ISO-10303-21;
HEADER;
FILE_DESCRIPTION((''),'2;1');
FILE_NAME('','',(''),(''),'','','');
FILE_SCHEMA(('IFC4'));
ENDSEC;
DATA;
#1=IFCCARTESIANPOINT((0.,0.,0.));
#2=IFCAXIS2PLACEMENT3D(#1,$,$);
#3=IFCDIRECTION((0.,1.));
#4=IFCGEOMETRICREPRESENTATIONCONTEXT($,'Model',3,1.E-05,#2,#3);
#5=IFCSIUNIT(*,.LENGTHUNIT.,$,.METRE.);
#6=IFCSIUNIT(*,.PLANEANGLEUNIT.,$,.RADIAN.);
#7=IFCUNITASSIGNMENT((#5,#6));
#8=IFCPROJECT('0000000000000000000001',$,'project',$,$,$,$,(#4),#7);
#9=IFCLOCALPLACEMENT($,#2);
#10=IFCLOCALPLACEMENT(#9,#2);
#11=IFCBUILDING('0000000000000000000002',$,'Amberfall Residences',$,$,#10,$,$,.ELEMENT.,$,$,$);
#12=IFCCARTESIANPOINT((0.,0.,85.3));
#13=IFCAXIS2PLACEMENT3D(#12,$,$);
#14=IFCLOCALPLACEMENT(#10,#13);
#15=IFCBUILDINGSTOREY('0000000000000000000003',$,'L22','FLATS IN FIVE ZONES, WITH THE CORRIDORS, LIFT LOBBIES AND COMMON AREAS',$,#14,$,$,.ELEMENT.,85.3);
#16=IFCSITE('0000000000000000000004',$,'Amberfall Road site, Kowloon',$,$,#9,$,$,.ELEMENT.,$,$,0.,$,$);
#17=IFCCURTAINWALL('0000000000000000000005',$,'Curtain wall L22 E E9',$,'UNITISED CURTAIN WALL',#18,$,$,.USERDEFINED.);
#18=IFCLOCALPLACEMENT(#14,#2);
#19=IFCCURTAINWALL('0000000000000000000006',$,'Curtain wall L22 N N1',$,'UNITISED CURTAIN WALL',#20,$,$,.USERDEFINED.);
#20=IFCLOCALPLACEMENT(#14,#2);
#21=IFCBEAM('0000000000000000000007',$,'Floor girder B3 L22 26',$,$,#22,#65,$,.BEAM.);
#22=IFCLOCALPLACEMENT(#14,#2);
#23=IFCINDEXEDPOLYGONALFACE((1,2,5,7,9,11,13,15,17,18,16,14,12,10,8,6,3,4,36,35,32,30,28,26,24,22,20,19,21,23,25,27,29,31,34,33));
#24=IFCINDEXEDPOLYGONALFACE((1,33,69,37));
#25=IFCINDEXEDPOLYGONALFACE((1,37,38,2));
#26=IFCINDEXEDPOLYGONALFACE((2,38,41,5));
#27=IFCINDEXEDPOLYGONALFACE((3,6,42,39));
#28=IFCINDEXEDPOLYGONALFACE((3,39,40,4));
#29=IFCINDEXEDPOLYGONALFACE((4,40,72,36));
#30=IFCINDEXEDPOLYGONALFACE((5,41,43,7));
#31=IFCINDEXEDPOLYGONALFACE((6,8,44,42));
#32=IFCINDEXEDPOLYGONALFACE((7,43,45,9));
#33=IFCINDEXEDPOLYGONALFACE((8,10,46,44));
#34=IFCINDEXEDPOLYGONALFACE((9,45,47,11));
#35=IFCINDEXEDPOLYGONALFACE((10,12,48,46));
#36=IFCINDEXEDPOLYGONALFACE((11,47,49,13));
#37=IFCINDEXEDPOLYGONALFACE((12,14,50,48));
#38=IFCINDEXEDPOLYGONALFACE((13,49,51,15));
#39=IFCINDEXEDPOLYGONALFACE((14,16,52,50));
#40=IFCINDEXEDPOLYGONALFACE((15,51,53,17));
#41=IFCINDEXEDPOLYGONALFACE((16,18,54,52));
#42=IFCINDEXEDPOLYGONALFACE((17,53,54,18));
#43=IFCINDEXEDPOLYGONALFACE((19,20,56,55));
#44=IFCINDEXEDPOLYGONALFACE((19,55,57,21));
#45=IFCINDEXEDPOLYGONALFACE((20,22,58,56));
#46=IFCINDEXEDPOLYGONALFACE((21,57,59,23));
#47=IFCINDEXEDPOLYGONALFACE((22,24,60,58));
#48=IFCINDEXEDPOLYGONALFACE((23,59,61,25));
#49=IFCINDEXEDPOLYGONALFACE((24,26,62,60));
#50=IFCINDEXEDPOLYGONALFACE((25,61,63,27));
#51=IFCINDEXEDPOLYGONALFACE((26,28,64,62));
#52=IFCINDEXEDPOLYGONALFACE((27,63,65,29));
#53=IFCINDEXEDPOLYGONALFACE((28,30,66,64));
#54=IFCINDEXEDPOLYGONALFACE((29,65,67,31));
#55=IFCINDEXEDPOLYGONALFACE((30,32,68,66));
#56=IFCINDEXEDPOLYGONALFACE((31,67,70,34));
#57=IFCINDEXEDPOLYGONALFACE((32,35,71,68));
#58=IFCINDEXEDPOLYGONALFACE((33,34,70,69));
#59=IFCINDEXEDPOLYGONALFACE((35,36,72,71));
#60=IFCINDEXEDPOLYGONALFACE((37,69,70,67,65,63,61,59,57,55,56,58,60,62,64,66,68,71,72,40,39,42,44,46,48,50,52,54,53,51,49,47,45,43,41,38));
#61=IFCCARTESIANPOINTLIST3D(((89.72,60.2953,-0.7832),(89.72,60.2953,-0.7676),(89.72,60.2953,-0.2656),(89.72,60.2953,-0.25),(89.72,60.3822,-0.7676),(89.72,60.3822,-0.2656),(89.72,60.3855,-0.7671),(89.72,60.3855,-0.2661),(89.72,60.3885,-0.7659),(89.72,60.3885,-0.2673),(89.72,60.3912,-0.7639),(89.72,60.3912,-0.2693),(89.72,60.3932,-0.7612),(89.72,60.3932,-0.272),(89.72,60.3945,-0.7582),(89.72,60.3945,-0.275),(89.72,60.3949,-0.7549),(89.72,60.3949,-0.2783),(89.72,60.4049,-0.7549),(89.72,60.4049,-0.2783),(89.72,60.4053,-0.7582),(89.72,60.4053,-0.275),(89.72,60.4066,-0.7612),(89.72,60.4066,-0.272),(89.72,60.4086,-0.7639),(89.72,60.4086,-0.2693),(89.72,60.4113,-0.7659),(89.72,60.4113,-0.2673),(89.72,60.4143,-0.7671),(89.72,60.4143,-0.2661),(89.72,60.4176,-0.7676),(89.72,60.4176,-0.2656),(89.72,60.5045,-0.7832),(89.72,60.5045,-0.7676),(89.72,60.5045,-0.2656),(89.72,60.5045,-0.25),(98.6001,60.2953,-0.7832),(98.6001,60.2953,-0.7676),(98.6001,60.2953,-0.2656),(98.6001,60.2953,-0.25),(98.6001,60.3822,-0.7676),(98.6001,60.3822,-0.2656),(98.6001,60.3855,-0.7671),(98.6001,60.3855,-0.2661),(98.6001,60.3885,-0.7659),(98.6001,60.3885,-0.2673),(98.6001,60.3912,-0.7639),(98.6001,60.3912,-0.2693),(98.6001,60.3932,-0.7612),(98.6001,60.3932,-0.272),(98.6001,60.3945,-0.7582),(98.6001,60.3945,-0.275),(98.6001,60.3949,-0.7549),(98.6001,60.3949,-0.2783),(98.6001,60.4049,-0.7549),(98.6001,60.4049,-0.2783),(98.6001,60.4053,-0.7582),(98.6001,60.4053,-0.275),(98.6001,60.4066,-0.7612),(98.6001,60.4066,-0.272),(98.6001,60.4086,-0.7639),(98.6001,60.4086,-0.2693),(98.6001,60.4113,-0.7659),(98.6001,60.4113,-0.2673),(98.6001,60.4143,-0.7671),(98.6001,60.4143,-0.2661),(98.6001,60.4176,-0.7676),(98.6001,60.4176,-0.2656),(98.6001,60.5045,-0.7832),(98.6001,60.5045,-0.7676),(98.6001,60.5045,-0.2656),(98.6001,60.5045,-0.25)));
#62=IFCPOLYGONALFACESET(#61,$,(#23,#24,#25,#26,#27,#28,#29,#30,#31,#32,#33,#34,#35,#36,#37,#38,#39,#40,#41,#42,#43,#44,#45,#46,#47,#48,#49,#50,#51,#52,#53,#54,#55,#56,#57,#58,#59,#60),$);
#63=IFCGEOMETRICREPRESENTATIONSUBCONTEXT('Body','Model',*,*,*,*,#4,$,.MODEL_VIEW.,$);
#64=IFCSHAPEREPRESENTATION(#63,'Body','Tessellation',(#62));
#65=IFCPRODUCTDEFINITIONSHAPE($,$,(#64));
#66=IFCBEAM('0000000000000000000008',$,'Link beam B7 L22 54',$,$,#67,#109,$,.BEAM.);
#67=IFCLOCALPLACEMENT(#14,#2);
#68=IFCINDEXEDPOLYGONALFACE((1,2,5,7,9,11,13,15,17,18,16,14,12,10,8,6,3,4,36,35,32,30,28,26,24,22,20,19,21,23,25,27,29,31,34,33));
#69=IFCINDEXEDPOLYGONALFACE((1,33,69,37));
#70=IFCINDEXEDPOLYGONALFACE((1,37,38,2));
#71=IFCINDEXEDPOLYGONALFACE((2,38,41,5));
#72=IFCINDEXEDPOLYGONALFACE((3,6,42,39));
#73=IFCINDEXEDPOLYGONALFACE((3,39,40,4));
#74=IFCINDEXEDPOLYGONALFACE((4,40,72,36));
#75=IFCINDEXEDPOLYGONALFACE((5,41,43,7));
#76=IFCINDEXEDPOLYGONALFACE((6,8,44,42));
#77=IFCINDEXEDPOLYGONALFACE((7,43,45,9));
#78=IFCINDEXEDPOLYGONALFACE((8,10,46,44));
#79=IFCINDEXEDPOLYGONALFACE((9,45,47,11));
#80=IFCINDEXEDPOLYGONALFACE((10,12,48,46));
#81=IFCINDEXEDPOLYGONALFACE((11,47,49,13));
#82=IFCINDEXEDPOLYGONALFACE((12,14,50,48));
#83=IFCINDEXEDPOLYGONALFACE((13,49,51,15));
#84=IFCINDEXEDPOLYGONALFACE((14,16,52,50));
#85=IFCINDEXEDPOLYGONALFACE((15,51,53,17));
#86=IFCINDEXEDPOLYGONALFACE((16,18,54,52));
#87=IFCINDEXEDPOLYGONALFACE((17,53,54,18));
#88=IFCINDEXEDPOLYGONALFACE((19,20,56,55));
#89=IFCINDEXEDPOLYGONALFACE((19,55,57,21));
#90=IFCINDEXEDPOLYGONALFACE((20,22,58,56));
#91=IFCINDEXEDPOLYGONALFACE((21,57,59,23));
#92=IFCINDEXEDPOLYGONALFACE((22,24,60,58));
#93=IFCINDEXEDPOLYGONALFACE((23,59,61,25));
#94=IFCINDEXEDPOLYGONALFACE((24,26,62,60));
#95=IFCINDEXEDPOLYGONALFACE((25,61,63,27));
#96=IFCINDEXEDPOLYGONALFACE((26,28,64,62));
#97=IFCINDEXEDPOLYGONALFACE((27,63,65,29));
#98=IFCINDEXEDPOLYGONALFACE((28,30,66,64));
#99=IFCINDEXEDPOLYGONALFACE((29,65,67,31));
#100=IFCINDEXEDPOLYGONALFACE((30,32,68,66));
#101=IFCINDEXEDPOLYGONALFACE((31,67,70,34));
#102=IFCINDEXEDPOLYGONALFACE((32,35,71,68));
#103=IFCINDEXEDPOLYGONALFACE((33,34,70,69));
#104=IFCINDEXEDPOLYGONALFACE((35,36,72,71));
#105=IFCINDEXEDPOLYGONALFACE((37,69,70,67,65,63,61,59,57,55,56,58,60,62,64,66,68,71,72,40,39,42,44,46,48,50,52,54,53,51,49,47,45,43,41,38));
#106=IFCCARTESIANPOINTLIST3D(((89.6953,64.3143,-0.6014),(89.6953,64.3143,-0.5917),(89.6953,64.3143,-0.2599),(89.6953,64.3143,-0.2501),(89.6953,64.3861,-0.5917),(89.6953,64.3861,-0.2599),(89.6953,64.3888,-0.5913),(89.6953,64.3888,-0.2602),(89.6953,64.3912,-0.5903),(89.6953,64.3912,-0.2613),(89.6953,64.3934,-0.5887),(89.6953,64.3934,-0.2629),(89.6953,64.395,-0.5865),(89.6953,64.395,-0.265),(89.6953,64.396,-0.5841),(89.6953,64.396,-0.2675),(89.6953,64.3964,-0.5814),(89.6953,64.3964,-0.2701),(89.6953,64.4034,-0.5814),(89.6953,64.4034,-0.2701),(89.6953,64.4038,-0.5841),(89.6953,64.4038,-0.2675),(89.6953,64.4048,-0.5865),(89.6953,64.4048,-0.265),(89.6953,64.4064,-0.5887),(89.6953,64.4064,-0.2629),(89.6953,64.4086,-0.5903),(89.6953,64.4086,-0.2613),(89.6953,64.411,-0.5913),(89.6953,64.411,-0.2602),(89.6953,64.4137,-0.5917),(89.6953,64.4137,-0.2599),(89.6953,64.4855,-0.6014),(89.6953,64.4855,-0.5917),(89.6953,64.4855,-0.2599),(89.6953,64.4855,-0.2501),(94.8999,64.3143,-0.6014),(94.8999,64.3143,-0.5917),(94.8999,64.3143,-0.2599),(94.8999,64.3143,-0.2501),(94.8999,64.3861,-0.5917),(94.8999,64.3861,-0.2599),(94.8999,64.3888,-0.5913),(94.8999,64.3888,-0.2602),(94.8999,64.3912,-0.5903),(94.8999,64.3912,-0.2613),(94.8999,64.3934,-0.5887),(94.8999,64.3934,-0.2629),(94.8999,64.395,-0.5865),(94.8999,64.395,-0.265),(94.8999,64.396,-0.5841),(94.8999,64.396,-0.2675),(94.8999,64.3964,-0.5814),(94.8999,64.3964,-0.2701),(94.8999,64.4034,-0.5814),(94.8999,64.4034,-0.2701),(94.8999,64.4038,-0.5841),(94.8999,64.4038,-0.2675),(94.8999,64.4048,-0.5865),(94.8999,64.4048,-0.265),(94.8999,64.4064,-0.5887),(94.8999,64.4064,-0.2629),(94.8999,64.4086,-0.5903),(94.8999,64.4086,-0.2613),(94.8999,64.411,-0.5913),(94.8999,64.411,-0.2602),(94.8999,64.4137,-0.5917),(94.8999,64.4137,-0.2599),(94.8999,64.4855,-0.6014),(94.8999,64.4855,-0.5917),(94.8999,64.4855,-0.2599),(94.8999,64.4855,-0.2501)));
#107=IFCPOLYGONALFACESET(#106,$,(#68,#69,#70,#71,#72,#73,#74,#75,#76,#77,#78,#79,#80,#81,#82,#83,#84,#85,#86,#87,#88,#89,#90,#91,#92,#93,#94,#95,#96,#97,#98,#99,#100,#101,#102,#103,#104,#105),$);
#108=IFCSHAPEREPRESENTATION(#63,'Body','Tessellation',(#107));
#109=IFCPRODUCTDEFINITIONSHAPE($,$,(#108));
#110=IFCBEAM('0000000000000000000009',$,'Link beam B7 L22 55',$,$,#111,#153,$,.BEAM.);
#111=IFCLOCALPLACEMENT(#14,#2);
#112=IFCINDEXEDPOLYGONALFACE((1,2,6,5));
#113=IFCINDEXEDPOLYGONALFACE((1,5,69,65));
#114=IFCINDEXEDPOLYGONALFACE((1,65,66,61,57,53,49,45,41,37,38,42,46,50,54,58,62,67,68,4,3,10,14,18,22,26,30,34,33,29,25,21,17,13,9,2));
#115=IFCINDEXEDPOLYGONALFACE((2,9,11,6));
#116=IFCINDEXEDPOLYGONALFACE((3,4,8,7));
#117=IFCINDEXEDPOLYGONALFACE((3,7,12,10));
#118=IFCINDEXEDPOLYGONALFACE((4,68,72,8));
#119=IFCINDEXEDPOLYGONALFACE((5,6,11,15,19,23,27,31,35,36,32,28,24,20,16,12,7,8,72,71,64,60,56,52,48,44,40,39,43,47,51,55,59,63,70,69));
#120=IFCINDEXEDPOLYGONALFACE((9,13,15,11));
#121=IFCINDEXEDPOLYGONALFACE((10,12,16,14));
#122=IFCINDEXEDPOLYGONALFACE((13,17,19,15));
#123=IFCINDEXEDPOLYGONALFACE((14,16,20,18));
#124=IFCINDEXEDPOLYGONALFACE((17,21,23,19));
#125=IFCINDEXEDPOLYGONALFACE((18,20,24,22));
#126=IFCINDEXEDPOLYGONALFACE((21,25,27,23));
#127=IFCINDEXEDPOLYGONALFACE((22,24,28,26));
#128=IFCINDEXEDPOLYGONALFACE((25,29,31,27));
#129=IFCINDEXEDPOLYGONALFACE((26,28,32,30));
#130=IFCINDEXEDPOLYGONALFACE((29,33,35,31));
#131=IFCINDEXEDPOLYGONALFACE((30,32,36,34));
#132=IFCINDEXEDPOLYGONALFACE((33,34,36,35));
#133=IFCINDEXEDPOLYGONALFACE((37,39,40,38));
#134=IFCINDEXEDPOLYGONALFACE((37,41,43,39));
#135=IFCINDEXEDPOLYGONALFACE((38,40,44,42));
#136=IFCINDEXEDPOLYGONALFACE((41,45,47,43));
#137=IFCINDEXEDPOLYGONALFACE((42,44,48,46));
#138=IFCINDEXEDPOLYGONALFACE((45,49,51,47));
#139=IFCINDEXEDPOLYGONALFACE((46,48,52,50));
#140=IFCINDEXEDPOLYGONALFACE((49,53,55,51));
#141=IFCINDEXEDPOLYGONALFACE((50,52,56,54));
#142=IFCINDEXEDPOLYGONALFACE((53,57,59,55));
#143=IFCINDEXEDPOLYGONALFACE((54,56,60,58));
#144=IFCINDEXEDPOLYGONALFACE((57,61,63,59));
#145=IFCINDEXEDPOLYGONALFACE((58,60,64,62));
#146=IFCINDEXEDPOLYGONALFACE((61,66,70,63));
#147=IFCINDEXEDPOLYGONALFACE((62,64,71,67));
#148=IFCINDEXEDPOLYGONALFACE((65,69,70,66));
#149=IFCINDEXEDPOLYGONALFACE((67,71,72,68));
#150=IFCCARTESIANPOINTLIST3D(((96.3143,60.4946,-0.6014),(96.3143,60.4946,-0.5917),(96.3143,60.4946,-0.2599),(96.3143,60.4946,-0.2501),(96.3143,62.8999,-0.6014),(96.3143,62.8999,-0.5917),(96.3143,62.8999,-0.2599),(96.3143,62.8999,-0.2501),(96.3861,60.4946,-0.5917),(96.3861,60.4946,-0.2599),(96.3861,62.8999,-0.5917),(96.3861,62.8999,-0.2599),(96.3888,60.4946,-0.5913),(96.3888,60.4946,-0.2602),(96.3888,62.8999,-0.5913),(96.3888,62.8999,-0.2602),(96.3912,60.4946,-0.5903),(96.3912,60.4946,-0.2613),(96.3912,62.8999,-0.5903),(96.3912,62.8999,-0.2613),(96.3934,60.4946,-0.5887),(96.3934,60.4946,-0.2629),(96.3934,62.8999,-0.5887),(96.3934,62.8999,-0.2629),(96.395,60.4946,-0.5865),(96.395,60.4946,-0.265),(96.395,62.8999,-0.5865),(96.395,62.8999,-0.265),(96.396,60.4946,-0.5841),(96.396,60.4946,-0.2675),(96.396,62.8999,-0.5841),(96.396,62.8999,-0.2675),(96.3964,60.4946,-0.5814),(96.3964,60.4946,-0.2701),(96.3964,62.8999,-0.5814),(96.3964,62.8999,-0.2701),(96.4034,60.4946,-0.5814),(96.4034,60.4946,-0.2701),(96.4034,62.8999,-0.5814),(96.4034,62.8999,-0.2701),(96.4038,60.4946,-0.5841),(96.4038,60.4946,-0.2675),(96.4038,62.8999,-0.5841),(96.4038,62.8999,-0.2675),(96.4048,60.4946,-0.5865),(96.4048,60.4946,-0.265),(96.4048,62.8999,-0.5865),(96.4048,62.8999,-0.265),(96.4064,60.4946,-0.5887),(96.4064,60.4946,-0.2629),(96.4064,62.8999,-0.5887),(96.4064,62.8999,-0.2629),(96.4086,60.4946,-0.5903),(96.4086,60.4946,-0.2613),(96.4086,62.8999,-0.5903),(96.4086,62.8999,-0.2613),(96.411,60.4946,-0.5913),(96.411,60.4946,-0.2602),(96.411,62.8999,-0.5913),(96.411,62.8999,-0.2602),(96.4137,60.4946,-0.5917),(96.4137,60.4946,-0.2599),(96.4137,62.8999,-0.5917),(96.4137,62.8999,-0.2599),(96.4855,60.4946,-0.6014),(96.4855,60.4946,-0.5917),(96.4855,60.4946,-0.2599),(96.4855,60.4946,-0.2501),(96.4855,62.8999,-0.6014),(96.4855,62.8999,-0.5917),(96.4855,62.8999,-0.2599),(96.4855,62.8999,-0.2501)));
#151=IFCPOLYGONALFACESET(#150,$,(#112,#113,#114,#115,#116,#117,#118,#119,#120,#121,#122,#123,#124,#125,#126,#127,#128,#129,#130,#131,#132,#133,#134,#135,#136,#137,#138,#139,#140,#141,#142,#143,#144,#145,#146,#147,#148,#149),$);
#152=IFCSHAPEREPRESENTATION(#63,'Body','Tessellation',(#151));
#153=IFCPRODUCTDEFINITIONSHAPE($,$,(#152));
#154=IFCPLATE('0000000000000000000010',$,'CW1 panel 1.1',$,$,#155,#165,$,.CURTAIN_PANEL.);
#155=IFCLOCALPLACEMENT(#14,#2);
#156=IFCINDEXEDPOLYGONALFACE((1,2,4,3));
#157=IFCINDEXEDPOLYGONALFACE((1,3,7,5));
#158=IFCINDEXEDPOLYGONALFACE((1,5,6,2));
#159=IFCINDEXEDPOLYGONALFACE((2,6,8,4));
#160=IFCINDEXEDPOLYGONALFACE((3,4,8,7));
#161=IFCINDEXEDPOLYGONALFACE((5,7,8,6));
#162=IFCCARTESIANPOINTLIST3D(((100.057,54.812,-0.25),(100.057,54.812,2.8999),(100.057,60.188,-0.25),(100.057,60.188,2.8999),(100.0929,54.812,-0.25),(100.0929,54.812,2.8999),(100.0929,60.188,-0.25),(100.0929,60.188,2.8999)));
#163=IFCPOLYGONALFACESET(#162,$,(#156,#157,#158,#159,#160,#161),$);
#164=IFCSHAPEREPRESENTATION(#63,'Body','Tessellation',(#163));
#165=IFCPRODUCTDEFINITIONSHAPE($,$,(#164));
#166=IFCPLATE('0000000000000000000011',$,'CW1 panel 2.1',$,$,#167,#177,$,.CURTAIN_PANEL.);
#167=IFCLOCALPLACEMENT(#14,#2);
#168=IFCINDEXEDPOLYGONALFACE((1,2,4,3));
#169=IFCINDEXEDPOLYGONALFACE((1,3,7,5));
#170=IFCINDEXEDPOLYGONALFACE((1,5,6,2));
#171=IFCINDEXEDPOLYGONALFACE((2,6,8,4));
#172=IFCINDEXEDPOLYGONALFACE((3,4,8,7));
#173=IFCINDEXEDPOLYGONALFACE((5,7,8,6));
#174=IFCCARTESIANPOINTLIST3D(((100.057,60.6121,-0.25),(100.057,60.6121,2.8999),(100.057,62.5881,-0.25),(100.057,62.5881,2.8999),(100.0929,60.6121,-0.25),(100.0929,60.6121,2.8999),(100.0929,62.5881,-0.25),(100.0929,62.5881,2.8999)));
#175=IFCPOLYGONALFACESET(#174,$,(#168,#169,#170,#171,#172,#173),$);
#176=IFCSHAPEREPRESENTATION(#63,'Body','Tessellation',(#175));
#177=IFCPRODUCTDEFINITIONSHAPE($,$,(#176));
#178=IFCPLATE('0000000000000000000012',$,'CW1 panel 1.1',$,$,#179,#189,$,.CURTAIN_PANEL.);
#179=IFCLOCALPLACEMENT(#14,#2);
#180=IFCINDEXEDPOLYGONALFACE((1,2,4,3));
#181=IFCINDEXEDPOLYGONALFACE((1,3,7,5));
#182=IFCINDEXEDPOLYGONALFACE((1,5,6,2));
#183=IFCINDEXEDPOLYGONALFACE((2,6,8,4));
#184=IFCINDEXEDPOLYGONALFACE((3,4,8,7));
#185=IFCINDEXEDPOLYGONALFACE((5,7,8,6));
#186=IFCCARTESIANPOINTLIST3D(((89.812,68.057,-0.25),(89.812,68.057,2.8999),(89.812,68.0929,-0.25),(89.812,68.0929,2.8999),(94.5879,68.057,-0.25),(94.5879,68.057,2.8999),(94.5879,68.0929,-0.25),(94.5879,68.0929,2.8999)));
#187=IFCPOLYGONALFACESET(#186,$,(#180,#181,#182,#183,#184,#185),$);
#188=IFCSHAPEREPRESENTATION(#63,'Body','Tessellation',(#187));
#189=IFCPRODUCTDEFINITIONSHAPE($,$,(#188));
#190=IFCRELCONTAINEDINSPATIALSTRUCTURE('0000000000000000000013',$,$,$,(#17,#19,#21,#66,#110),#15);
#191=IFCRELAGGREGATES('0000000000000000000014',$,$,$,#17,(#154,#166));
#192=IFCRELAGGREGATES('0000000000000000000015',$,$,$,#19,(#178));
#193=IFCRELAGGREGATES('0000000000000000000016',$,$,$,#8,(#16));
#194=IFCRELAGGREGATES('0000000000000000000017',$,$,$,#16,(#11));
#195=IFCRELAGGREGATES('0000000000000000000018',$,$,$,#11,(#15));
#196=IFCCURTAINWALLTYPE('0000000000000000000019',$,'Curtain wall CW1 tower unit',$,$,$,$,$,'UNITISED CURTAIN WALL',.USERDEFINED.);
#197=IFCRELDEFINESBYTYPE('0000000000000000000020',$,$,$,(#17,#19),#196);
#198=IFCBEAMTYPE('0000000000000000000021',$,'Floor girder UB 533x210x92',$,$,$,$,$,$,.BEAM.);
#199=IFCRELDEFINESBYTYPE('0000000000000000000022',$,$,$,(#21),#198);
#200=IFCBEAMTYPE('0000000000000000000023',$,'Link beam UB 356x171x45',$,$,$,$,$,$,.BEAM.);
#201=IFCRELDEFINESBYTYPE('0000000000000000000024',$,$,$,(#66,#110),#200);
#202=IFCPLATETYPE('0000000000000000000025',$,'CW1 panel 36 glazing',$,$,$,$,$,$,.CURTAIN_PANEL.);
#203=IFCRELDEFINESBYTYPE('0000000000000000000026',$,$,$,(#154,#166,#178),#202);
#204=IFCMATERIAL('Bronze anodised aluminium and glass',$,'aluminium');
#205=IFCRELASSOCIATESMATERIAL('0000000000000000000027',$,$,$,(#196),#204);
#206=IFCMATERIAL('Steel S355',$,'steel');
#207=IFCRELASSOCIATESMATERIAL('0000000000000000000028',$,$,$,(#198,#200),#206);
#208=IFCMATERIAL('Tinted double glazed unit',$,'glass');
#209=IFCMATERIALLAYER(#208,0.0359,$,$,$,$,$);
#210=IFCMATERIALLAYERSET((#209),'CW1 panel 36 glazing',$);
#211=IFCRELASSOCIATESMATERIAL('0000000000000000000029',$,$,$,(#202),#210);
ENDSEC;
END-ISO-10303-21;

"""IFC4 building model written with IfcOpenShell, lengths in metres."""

from ifc_helpers import new_model, si_unit, direction, frame, origin, origin_2d, place, context, subcontext, project, spatial, rectangle, i_section, extrude, material, layer, layer_set, material_profile, profile_set, type_object, element, aggregate, save


model = new_model("IFC4")

# Units and contexts
model_context = context("Model", 3, precision=1e-05, world=origin(), true_north=direction((0.0, 1.0)))
body_context = subcontext(model_context, "Body", "Model", "MODEL_VIEW")
ifc_project = project(units=[si_unit("LENGTHUNIT", "METRE"), si_unit("PLANEANGLEUNIT", "RADIAN")], contexts=[model_context])

# Site, building, storey
site_placement = place(None, origin())
site = spatial("IfcSite", under=ifc_project, at=site_placement, Name="Amberfall Road site, Kowloon", CompositionType="ELEMENT", RefElevation=0.0)
building_placement = place(site_placement, origin())
building = spatial("IfcBuilding", under=site, at=building_placement, Name="Amberfall Residences", CompositionType="ELEMENT")
storey_placement = place(building_placement, frame((0.0, 0.0, 85.3)))
storey = spatial("IfcBuildingStorey", under=building, at=storey_placement, Name="L22", Description="FLATS IN FIVE ZONES, WITH THE CORRIDORS, LIFT LOBBIES AND COMMON AREAS", CompositionType="ELEMENT", Elevation=85.3)

# Curtain walls
ifc_material_1 = material(Name="Bronze anodised aluminium and glass", Category="aluminium")
curtain_wall_type = type_object("IfcCurtainWallType", Name="Curtain wall CW1 tower unit", ElementType="UNITISED CURTAIN WALL", PredefinedType="USERDEFINED", material=ifc_material_1)
curtain_wall_1_placement = place(storey_placement, origin())
curtain_wall_1 = element("IfcCurtainWall", 1, at=curtain_wall_1_placement, inside=storey, type_object=curtain_wall_type, Name="Curtain wall L22 E E9", ObjectType="UNITISED CURTAIN WALL", PredefinedType="USERDEFINED")
curtain_wall_2_placement = place(storey_placement, origin())
curtain_wall_2 = element("IfcCurtainWall", 2, at=curtain_wall_2_placement, inside=storey, type_object=curtain_wall_type, Name="Curtain wall L22 N N1", ObjectType="UNITISED CURTAIN WALL", PredefinedType="USERDEFINED")

# Beams
ifc_material_2 = material(Name="Steel S355", Category="steel")
ifc_material_profile_1 = material_profile(ifc_material_2, i_section(OverallWidth=0.2092, OverallDepth=0.5332, WebThickness=0.01, FlangeThickness=0.0156, FilletRadius=0.0127, at=origin_2d()), Name="UB 533x210x92")
ifc_profile_set_1 = profile_set([ifc_material_profile_1], Name="Steel S355")
beam_type_1 = type_object("IfcBeamType", Name="Floor girder UB 533x210x92", PredefinedType="BEAM", material=ifc_profile_set_1)
beam_1_placement = place(storey_placement, frame((98.6001, 60.3999, -0.5166), z_axis=(-1.0, 0.0, 0.0), x_axis=(0.0, -1.0, 0.0)))
element("IfcBeam", 3, at=beam_1_placement, inside=storey, type_object=beam_type_1, Name="Floor girder B3 L22 26", PredefinedType="BEAM", context=body_context, shape_type="SweptSolid", body=[
    extrude(i_section(OverallWidth=0.2092, OverallDepth=0.5332, WebThickness=0.01, FlangeThickness=0.0156, FilletRadius=0.0127, at=origin_2d()), origin(), (0.0, 0.0, 1.0), 8.8801),
])
ifc_material_profile_2 = material_profile(ifc_material_2, i_section(OverallWidth=0.1711, OverallDepth=0.3513, WebThickness=0.0071, FlangeThickness=0.0098, FilletRadius=0.0103, at=origin_2d()), Name="UB 356x171x45")
ifc_profile_set_2 = profile_set([ifc_material_profile_2], Name="Steel S355")
beam_type_2 = type_object("IfcBeamType", Name="Link beam UB 356x171x45", PredefinedType="BEAM", material=ifc_profile_set_2)
beam_2_placement = place(storey_placement, frame((94.8999, 64.3999, -0.4258), z_axis=(-1.0, 0.0, 0.0), x_axis=(0.0, -1.0, 0.0)))
element("IfcBeam", 4, at=beam_2_placement, inside=storey, type_object=beam_type_2, Name="Link beam B7 L22 54", PredefinedType="BEAM", context=body_context, shape_type="SweptSolid", body=[
    extrude(i_section(OverallWidth=0.1711, OverallDepth=0.3513, WebThickness=0.0071, FlangeThickness=0.0098, FilletRadius=0.0103, at=origin_2d()), origin(), (0.0, 0.0, 1.0), 5.2046),
])
beam_3_placement = place(storey_placement, frame((96.3999, 62.8999, -0.4258), z_axis=(0.0, -1.0, 0.0), x_axis=(1.0, 0.0, 0.0)))
element("IfcBeam", 5, at=beam_3_placement, inside=storey, type_object=beam_type_2, Name="Link beam B7 L22 55", PredefinedType="BEAM", context=body_context, shape_type="SweptSolid", body=[
    extrude(i_section(OverallWidth=0.1711, OverallDepth=0.3513, WebThickness=0.0071, FlangeThickness=0.0098, FilletRadius=0.0103, at=origin_2d()), origin(), (0.0, 0.0, 1.0), 2.4053),
])

# Plates
ifc_material_3 = material(Name="Tinted double glazed unit", Category="glass")
ifc_layer_1 = layer(ifc_material_3, 0.0359)
ifc_layer_set_1 = layer_set([ifc_layer_1], Name="CW1 panel 36 glazing")
plate_type = type_object("IfcPlateType", Name="CW1 panel 36 glazing", PredefinedType="CURTAIN_PANEL", material=ifc_layer_set_1)
plate_1_placement = place(storey_placement, frame((100.075, 57.5, -0.25), z_axis=(0.0, 0.0, 1.0), x_axis=(0.0, 1.0, 0.0)))
plate_1 = element("IfcPlate", 6, at=plate_1_placement, type_object=plate_type, Name="CW1 panel 1.1", PredefinedType="CURTAIN_PANEL", context=body_context, shape_type="SweptSolid", body=[
    extrude(rectangle(XDim=5.376, YDim=0.0359, at=origin_2d()), origin(), (0.0, 0.0, 1.0), 3.1499),
])
plate_2_placement = place(storey_placement, frame((100.075, 61.6001, -0.25), z_axis=(0.0, 0.0, 1.0), x_axis=(0.0, 1.0, 0.0)))
plate_2 = element("IfcPlate", 7, at=plate_2_placement, type_object=plate_type, Name="CW1 panel 2.1", PredefinedType="CURTAIN_PANEL", context=body_context, shape_type="SweptSolid", body=[
    extrude(rectangle(XDim=1.9761, YDim=0.0359, at=origin_2d()), origin(), (0.0, 0.0, 1.0), 3.1499),
])
aggregate(curtain_wall_1, [plate_1, plate_2])
plate_3_placement = place(storey_placement, frame((92.2, 68.075, -0.25), z_axis=(0.0, 0.0, 1.0), x_axis=(-1.0, 0.0, 0.0)))
plate_3 = element("IfcPlate", 8, at=plate_3_placement, type_object=plate_type, Name="CW1 panel 1.1", PredefinedType="CURTAIN_PANEL", context=body_context, shape_type="SweptSolid", body=[
    extrude(rectangle(XDim=4.7759, YDim=0.0359, at=origin_2d()), origin(), (0.0, 0.0, 1.0), 3.1499),
])
aggregate(curtain_wall_2, [plate_3])

save(model, "model.ifc")
